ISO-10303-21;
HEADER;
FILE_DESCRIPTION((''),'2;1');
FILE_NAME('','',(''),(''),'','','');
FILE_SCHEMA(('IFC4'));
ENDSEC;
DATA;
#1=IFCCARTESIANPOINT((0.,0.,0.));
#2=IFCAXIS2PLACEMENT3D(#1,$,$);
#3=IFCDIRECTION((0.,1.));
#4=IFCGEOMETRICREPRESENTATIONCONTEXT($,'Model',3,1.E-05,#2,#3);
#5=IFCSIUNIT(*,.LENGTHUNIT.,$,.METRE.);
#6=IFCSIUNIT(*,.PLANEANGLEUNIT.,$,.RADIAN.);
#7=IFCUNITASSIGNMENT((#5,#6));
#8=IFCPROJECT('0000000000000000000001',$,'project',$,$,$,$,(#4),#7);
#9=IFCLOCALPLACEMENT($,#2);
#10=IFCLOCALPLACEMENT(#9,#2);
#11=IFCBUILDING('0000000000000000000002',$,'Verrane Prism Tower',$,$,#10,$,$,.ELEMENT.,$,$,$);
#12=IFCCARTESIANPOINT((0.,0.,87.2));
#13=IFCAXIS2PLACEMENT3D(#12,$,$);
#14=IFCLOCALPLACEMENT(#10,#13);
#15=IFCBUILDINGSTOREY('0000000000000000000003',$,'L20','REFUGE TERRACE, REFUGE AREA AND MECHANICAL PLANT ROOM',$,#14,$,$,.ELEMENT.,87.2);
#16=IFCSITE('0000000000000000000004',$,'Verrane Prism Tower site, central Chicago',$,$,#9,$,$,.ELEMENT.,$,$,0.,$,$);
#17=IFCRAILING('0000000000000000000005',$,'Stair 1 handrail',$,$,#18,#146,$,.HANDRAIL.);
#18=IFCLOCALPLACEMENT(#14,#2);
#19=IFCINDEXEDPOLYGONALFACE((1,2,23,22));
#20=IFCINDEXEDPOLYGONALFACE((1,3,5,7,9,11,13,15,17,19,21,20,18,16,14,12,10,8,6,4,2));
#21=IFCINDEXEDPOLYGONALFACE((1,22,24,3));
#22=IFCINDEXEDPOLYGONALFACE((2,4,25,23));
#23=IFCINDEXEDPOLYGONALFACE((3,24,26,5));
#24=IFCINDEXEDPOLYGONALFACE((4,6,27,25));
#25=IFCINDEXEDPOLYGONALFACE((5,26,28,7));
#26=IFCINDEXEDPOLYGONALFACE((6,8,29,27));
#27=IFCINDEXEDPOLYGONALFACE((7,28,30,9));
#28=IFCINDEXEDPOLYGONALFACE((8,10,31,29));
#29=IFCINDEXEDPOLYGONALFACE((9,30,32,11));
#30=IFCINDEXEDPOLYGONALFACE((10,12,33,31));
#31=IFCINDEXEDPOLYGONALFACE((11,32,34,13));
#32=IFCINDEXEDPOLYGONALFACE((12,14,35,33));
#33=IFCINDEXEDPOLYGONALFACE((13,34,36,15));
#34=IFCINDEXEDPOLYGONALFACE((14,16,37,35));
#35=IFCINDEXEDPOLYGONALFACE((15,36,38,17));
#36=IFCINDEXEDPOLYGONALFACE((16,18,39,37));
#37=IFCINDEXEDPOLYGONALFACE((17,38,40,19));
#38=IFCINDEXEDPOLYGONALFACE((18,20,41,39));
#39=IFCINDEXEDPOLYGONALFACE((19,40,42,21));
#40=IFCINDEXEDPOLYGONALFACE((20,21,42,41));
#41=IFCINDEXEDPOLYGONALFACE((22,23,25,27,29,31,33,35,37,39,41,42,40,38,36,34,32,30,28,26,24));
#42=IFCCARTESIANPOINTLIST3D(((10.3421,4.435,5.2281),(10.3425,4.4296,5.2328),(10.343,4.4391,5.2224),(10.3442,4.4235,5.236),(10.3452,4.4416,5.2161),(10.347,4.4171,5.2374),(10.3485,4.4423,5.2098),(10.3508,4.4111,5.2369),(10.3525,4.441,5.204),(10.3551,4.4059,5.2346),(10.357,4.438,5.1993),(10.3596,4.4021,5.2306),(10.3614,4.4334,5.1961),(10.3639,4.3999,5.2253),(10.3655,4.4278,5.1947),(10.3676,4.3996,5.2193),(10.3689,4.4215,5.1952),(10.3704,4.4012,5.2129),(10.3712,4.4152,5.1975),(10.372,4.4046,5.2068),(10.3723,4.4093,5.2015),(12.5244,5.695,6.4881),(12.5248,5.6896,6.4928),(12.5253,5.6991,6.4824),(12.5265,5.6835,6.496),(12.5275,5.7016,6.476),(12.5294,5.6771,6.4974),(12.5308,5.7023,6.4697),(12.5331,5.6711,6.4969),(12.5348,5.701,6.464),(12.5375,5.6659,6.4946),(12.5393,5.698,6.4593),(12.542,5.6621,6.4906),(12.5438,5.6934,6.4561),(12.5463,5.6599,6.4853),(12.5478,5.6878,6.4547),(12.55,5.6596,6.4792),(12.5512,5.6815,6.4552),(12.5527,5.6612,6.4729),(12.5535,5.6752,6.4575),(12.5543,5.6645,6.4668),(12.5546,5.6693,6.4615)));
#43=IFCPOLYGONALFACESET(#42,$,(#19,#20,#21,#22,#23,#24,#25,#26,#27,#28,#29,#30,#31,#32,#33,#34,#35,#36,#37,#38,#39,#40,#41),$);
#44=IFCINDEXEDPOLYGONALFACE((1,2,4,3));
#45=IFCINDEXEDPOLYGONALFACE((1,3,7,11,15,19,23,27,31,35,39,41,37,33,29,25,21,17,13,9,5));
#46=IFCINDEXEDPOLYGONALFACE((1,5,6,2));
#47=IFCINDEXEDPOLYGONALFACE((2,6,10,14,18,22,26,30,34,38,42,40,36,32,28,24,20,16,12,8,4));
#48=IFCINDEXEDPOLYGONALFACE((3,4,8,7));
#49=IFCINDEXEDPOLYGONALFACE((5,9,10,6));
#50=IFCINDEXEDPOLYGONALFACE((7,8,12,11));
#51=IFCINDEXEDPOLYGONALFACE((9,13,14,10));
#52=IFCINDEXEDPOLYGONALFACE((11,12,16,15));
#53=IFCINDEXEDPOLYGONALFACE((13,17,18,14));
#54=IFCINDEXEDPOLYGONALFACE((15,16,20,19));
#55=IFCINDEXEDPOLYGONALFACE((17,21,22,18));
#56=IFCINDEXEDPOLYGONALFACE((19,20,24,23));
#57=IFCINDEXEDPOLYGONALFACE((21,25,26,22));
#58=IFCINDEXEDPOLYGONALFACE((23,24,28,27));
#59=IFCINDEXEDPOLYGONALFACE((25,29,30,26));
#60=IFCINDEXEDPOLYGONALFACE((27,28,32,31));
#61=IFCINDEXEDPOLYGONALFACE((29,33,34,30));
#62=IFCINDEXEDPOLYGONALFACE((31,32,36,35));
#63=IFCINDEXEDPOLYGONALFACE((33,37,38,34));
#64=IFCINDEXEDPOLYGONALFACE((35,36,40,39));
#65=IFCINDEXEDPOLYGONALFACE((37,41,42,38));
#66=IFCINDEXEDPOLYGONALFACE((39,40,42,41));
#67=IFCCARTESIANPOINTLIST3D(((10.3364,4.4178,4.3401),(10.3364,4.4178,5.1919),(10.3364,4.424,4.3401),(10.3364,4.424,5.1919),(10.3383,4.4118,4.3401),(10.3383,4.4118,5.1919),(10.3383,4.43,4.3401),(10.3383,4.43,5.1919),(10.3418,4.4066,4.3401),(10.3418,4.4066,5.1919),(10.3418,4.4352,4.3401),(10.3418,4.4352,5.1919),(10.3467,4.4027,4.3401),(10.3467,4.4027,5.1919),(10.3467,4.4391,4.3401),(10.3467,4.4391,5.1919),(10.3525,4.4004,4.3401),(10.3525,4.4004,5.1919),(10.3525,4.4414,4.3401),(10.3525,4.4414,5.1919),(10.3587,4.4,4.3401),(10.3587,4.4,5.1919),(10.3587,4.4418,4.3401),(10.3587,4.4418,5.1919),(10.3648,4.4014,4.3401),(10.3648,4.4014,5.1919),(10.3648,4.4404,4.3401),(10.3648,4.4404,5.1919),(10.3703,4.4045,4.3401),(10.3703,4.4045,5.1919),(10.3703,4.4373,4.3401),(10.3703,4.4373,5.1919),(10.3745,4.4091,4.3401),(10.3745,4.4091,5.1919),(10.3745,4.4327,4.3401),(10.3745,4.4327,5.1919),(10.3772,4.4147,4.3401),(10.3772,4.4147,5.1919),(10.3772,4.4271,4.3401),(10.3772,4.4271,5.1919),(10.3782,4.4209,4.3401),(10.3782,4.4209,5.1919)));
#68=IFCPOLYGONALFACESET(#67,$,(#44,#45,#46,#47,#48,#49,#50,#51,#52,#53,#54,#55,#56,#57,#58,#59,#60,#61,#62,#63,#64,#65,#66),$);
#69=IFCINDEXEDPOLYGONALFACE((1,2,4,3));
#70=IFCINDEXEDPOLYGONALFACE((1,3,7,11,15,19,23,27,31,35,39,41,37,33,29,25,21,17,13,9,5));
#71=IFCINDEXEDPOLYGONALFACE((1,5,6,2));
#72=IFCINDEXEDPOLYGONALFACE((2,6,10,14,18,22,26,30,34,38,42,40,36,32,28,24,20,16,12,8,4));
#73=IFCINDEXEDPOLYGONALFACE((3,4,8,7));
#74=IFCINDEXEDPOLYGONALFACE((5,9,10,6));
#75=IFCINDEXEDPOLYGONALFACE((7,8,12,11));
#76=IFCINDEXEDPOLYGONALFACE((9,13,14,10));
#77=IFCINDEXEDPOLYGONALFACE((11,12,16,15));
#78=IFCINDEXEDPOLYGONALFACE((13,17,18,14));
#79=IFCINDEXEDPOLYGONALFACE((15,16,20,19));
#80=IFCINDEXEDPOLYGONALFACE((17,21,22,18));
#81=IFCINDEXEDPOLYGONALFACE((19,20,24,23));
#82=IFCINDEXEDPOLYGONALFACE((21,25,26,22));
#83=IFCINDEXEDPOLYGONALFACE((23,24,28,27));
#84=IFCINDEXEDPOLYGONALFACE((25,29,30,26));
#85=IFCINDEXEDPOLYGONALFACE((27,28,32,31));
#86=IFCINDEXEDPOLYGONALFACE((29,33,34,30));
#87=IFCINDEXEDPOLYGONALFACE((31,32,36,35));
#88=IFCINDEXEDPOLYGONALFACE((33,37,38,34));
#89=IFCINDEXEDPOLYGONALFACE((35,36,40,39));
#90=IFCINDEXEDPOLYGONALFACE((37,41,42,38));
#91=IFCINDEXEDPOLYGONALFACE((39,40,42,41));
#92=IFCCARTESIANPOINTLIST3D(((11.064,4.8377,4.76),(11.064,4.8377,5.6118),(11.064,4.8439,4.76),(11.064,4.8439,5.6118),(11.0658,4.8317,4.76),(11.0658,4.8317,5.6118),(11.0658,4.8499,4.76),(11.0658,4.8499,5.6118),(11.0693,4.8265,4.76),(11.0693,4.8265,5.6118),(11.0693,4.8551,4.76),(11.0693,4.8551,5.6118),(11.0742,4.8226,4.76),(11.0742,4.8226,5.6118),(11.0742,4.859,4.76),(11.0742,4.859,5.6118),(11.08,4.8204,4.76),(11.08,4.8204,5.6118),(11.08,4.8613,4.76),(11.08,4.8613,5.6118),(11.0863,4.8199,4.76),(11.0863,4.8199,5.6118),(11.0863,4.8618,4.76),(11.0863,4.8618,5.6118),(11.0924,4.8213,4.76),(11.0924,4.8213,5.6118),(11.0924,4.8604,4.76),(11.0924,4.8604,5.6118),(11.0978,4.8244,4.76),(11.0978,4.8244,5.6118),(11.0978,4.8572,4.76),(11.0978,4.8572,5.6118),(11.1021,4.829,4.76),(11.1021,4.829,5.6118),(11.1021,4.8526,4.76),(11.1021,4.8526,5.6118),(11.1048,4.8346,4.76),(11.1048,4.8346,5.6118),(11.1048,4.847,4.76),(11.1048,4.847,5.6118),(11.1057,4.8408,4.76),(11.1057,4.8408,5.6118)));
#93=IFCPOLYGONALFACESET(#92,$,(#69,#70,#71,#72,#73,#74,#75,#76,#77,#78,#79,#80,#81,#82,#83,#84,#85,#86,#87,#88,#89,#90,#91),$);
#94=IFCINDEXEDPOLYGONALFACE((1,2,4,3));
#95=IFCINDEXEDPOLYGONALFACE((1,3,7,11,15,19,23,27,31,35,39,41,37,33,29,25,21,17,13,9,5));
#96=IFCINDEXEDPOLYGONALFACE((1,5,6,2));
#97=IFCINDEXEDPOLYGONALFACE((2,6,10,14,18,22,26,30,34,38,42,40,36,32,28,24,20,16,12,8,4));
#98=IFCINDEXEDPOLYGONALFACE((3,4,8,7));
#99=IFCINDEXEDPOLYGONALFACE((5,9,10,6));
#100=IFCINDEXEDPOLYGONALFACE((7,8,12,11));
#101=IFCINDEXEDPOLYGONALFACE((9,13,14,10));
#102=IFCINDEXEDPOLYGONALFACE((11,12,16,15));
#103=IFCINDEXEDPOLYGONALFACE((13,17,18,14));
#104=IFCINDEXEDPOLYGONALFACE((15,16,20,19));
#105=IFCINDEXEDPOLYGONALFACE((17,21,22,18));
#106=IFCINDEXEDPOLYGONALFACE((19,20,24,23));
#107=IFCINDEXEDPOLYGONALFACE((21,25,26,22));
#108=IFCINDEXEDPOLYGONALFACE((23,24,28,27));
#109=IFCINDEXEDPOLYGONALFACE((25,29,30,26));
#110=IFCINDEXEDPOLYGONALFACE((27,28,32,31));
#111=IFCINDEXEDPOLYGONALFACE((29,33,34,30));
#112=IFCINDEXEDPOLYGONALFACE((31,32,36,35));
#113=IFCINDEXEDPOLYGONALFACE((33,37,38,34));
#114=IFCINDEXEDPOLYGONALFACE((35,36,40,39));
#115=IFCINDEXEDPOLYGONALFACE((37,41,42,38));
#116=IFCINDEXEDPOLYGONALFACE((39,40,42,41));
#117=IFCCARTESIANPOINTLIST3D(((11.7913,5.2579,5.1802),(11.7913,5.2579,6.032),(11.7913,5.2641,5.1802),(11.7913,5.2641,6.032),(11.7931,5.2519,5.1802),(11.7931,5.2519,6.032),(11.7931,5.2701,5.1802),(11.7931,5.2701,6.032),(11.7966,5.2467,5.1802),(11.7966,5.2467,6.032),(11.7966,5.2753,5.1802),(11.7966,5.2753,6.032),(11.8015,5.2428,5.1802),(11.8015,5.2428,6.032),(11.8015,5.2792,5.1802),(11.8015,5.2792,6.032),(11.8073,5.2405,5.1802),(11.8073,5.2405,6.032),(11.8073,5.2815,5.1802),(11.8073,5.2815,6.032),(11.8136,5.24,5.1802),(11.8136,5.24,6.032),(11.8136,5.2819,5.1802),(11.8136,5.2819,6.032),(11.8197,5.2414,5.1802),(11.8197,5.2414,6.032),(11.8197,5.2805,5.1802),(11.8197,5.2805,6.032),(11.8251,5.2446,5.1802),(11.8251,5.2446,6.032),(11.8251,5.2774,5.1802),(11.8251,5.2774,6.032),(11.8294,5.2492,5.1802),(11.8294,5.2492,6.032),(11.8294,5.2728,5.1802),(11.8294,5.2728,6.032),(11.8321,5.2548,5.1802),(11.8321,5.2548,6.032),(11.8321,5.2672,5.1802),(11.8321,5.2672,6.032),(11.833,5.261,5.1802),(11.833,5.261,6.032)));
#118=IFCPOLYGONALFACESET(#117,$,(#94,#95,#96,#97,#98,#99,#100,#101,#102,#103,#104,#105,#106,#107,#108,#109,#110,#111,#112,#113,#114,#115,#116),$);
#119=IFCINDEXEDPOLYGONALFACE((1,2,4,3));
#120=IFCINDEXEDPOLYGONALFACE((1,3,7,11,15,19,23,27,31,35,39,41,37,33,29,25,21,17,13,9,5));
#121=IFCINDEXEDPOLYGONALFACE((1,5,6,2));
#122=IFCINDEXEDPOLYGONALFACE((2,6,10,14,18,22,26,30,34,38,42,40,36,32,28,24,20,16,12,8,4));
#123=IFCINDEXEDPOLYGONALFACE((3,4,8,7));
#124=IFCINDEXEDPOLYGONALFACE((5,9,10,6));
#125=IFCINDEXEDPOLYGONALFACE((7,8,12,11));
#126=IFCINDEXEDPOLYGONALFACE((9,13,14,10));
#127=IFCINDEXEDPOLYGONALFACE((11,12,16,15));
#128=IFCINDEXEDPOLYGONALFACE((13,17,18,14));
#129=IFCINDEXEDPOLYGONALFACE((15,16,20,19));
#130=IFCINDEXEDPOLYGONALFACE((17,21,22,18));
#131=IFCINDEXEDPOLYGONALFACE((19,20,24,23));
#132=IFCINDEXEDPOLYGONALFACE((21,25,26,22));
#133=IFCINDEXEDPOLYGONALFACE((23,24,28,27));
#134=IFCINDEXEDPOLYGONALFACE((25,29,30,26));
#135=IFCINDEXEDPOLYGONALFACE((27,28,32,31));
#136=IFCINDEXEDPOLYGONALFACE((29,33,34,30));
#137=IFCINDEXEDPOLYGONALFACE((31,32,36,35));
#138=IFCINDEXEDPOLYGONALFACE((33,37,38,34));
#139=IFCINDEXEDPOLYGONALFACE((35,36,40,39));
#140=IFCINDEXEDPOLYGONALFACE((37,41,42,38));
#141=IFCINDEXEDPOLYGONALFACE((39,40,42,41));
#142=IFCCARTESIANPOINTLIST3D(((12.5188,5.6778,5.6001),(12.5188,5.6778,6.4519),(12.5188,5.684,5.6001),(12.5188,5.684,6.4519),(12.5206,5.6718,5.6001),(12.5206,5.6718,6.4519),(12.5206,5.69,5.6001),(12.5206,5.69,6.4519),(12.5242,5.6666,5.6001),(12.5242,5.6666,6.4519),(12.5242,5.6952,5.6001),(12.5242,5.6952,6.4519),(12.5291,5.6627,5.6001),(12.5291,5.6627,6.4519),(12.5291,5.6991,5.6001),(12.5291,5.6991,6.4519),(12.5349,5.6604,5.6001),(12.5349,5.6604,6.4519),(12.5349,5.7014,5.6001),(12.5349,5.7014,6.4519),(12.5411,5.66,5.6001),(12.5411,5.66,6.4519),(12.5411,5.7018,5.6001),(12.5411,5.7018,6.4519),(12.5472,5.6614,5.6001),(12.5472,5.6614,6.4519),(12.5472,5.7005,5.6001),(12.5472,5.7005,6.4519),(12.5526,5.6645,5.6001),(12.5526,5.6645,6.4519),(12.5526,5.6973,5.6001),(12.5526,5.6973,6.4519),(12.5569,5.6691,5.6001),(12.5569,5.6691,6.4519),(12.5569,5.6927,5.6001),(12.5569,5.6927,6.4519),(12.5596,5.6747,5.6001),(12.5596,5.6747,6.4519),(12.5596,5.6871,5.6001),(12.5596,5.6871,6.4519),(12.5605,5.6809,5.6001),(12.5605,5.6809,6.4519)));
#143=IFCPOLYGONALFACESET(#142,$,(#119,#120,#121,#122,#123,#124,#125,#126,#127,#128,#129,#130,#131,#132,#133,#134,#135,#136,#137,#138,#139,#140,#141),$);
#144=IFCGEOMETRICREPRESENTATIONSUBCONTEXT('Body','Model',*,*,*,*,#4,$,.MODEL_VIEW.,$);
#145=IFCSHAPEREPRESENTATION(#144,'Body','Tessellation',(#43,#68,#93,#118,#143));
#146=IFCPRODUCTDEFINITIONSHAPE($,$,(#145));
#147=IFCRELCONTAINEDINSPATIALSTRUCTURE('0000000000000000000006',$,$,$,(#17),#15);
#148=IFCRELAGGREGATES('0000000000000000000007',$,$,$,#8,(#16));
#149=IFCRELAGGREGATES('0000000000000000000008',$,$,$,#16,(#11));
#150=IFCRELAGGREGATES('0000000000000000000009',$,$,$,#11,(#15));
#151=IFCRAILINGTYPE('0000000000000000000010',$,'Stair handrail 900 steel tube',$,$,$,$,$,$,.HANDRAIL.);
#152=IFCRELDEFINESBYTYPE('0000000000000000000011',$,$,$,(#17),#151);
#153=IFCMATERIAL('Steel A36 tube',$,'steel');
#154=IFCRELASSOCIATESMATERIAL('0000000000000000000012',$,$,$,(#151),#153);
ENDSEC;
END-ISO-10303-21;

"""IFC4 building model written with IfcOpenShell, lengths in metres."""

from ifc_helpers import new_model, si_unit, direction, frame, origin, origin_2d, place, context, subcontext, project, spatial, circle, extrude, material, type_object, element, save


model = new_model("IFC4")

# Units and contexts
model_context = context("Model", 3, precision=1e-05, world=origin(), true_north=direction((0.0, 1.0)))
body_context = subcontext(model_context, "Body", "Model", "MODEL_VIEW")
ifc_project = project(units=[si_unit("LENGTHUNIT", "METRE"), si_unit("PLANEANGLEUNIT", "RADIAN")], contexts=[model_context])

# Site, building, storey
site_placement = place(None, origin())
site = spatial("IfcSite", under=ifc_project, at=site_placement, Name="Verrane Prism Tower site, central Chicago", CompositionType="ELEMENT", RefElevation=0.0)
building_placement = place(site_placement, origin())
building = spatial("IfcBuilding", under=site, at=building_placement, Name="Verrane Prism Tower", CompositionType="ELEMENT")
storey_placement = place(building_placement, frame((0.0, 0.0, 87.2)))
storey = spatial("IfcBuildingStorey", under=building, at=storey_placement, Name="L20", Description="REFUGE TERRACE, REFUGE AREA AND MECHANICAL PLANT ROOM", CompositionType="ELEMENT", Elevation=87.2)

# Railing
ifc_material_1 = material(Name="Steel A36 tube", Category="steel")
railing_type_1 = type_object("IfcRailingType", Name="Stair handrail 900 steel tube", PredefinedType="HANDRAIL", material=ifc_material_1)
railing_1_placement = place(storey_placement, frame((10.3572, 4.4209, 4.3401)))
element("IfcRailing", 1, at=railing_1_placement, inside=storey, type_object=railing_type_1, Name="Stair 1 handrail", PredefinedType="HANDRAIL", context=body_context, shape_type="SweptSolid", body=[
    extrude(circle(Radius=0.0239, at=origin_2d()), frame((0.0, 0.0, 0.876), z_axis=(0.774593, 0.447217, 0.447217), x_axis=(-0.500005, 0.866023, 0.0)), (0.0, 0.0, 1.0), 2.8174),
    extrude(circle(Radius=0.021, at=origin_2d()), origin(), (0.0, 0.0, 1.0), 0.8518),
    extrude(circle(Radius=0.021, at=origin_2d()), frame((0.7275, 0.4199, 0.4199)), (0.0, 0.0, 1.0), 0.8518),
    extrude(circle(Radius=0.021, at=origin_2d()), frame((1.4548, 0.8401, 0.8401)), (0.0, 0.0, 1.0), 0.8518),
    extrude(circle(Radius=0.021, at=origin_2d()), frame((2.1824, 1.26, 1.26)), (0.0, 0.0, 1.0), 0.8518),
])

save(model, "model.ifc")
